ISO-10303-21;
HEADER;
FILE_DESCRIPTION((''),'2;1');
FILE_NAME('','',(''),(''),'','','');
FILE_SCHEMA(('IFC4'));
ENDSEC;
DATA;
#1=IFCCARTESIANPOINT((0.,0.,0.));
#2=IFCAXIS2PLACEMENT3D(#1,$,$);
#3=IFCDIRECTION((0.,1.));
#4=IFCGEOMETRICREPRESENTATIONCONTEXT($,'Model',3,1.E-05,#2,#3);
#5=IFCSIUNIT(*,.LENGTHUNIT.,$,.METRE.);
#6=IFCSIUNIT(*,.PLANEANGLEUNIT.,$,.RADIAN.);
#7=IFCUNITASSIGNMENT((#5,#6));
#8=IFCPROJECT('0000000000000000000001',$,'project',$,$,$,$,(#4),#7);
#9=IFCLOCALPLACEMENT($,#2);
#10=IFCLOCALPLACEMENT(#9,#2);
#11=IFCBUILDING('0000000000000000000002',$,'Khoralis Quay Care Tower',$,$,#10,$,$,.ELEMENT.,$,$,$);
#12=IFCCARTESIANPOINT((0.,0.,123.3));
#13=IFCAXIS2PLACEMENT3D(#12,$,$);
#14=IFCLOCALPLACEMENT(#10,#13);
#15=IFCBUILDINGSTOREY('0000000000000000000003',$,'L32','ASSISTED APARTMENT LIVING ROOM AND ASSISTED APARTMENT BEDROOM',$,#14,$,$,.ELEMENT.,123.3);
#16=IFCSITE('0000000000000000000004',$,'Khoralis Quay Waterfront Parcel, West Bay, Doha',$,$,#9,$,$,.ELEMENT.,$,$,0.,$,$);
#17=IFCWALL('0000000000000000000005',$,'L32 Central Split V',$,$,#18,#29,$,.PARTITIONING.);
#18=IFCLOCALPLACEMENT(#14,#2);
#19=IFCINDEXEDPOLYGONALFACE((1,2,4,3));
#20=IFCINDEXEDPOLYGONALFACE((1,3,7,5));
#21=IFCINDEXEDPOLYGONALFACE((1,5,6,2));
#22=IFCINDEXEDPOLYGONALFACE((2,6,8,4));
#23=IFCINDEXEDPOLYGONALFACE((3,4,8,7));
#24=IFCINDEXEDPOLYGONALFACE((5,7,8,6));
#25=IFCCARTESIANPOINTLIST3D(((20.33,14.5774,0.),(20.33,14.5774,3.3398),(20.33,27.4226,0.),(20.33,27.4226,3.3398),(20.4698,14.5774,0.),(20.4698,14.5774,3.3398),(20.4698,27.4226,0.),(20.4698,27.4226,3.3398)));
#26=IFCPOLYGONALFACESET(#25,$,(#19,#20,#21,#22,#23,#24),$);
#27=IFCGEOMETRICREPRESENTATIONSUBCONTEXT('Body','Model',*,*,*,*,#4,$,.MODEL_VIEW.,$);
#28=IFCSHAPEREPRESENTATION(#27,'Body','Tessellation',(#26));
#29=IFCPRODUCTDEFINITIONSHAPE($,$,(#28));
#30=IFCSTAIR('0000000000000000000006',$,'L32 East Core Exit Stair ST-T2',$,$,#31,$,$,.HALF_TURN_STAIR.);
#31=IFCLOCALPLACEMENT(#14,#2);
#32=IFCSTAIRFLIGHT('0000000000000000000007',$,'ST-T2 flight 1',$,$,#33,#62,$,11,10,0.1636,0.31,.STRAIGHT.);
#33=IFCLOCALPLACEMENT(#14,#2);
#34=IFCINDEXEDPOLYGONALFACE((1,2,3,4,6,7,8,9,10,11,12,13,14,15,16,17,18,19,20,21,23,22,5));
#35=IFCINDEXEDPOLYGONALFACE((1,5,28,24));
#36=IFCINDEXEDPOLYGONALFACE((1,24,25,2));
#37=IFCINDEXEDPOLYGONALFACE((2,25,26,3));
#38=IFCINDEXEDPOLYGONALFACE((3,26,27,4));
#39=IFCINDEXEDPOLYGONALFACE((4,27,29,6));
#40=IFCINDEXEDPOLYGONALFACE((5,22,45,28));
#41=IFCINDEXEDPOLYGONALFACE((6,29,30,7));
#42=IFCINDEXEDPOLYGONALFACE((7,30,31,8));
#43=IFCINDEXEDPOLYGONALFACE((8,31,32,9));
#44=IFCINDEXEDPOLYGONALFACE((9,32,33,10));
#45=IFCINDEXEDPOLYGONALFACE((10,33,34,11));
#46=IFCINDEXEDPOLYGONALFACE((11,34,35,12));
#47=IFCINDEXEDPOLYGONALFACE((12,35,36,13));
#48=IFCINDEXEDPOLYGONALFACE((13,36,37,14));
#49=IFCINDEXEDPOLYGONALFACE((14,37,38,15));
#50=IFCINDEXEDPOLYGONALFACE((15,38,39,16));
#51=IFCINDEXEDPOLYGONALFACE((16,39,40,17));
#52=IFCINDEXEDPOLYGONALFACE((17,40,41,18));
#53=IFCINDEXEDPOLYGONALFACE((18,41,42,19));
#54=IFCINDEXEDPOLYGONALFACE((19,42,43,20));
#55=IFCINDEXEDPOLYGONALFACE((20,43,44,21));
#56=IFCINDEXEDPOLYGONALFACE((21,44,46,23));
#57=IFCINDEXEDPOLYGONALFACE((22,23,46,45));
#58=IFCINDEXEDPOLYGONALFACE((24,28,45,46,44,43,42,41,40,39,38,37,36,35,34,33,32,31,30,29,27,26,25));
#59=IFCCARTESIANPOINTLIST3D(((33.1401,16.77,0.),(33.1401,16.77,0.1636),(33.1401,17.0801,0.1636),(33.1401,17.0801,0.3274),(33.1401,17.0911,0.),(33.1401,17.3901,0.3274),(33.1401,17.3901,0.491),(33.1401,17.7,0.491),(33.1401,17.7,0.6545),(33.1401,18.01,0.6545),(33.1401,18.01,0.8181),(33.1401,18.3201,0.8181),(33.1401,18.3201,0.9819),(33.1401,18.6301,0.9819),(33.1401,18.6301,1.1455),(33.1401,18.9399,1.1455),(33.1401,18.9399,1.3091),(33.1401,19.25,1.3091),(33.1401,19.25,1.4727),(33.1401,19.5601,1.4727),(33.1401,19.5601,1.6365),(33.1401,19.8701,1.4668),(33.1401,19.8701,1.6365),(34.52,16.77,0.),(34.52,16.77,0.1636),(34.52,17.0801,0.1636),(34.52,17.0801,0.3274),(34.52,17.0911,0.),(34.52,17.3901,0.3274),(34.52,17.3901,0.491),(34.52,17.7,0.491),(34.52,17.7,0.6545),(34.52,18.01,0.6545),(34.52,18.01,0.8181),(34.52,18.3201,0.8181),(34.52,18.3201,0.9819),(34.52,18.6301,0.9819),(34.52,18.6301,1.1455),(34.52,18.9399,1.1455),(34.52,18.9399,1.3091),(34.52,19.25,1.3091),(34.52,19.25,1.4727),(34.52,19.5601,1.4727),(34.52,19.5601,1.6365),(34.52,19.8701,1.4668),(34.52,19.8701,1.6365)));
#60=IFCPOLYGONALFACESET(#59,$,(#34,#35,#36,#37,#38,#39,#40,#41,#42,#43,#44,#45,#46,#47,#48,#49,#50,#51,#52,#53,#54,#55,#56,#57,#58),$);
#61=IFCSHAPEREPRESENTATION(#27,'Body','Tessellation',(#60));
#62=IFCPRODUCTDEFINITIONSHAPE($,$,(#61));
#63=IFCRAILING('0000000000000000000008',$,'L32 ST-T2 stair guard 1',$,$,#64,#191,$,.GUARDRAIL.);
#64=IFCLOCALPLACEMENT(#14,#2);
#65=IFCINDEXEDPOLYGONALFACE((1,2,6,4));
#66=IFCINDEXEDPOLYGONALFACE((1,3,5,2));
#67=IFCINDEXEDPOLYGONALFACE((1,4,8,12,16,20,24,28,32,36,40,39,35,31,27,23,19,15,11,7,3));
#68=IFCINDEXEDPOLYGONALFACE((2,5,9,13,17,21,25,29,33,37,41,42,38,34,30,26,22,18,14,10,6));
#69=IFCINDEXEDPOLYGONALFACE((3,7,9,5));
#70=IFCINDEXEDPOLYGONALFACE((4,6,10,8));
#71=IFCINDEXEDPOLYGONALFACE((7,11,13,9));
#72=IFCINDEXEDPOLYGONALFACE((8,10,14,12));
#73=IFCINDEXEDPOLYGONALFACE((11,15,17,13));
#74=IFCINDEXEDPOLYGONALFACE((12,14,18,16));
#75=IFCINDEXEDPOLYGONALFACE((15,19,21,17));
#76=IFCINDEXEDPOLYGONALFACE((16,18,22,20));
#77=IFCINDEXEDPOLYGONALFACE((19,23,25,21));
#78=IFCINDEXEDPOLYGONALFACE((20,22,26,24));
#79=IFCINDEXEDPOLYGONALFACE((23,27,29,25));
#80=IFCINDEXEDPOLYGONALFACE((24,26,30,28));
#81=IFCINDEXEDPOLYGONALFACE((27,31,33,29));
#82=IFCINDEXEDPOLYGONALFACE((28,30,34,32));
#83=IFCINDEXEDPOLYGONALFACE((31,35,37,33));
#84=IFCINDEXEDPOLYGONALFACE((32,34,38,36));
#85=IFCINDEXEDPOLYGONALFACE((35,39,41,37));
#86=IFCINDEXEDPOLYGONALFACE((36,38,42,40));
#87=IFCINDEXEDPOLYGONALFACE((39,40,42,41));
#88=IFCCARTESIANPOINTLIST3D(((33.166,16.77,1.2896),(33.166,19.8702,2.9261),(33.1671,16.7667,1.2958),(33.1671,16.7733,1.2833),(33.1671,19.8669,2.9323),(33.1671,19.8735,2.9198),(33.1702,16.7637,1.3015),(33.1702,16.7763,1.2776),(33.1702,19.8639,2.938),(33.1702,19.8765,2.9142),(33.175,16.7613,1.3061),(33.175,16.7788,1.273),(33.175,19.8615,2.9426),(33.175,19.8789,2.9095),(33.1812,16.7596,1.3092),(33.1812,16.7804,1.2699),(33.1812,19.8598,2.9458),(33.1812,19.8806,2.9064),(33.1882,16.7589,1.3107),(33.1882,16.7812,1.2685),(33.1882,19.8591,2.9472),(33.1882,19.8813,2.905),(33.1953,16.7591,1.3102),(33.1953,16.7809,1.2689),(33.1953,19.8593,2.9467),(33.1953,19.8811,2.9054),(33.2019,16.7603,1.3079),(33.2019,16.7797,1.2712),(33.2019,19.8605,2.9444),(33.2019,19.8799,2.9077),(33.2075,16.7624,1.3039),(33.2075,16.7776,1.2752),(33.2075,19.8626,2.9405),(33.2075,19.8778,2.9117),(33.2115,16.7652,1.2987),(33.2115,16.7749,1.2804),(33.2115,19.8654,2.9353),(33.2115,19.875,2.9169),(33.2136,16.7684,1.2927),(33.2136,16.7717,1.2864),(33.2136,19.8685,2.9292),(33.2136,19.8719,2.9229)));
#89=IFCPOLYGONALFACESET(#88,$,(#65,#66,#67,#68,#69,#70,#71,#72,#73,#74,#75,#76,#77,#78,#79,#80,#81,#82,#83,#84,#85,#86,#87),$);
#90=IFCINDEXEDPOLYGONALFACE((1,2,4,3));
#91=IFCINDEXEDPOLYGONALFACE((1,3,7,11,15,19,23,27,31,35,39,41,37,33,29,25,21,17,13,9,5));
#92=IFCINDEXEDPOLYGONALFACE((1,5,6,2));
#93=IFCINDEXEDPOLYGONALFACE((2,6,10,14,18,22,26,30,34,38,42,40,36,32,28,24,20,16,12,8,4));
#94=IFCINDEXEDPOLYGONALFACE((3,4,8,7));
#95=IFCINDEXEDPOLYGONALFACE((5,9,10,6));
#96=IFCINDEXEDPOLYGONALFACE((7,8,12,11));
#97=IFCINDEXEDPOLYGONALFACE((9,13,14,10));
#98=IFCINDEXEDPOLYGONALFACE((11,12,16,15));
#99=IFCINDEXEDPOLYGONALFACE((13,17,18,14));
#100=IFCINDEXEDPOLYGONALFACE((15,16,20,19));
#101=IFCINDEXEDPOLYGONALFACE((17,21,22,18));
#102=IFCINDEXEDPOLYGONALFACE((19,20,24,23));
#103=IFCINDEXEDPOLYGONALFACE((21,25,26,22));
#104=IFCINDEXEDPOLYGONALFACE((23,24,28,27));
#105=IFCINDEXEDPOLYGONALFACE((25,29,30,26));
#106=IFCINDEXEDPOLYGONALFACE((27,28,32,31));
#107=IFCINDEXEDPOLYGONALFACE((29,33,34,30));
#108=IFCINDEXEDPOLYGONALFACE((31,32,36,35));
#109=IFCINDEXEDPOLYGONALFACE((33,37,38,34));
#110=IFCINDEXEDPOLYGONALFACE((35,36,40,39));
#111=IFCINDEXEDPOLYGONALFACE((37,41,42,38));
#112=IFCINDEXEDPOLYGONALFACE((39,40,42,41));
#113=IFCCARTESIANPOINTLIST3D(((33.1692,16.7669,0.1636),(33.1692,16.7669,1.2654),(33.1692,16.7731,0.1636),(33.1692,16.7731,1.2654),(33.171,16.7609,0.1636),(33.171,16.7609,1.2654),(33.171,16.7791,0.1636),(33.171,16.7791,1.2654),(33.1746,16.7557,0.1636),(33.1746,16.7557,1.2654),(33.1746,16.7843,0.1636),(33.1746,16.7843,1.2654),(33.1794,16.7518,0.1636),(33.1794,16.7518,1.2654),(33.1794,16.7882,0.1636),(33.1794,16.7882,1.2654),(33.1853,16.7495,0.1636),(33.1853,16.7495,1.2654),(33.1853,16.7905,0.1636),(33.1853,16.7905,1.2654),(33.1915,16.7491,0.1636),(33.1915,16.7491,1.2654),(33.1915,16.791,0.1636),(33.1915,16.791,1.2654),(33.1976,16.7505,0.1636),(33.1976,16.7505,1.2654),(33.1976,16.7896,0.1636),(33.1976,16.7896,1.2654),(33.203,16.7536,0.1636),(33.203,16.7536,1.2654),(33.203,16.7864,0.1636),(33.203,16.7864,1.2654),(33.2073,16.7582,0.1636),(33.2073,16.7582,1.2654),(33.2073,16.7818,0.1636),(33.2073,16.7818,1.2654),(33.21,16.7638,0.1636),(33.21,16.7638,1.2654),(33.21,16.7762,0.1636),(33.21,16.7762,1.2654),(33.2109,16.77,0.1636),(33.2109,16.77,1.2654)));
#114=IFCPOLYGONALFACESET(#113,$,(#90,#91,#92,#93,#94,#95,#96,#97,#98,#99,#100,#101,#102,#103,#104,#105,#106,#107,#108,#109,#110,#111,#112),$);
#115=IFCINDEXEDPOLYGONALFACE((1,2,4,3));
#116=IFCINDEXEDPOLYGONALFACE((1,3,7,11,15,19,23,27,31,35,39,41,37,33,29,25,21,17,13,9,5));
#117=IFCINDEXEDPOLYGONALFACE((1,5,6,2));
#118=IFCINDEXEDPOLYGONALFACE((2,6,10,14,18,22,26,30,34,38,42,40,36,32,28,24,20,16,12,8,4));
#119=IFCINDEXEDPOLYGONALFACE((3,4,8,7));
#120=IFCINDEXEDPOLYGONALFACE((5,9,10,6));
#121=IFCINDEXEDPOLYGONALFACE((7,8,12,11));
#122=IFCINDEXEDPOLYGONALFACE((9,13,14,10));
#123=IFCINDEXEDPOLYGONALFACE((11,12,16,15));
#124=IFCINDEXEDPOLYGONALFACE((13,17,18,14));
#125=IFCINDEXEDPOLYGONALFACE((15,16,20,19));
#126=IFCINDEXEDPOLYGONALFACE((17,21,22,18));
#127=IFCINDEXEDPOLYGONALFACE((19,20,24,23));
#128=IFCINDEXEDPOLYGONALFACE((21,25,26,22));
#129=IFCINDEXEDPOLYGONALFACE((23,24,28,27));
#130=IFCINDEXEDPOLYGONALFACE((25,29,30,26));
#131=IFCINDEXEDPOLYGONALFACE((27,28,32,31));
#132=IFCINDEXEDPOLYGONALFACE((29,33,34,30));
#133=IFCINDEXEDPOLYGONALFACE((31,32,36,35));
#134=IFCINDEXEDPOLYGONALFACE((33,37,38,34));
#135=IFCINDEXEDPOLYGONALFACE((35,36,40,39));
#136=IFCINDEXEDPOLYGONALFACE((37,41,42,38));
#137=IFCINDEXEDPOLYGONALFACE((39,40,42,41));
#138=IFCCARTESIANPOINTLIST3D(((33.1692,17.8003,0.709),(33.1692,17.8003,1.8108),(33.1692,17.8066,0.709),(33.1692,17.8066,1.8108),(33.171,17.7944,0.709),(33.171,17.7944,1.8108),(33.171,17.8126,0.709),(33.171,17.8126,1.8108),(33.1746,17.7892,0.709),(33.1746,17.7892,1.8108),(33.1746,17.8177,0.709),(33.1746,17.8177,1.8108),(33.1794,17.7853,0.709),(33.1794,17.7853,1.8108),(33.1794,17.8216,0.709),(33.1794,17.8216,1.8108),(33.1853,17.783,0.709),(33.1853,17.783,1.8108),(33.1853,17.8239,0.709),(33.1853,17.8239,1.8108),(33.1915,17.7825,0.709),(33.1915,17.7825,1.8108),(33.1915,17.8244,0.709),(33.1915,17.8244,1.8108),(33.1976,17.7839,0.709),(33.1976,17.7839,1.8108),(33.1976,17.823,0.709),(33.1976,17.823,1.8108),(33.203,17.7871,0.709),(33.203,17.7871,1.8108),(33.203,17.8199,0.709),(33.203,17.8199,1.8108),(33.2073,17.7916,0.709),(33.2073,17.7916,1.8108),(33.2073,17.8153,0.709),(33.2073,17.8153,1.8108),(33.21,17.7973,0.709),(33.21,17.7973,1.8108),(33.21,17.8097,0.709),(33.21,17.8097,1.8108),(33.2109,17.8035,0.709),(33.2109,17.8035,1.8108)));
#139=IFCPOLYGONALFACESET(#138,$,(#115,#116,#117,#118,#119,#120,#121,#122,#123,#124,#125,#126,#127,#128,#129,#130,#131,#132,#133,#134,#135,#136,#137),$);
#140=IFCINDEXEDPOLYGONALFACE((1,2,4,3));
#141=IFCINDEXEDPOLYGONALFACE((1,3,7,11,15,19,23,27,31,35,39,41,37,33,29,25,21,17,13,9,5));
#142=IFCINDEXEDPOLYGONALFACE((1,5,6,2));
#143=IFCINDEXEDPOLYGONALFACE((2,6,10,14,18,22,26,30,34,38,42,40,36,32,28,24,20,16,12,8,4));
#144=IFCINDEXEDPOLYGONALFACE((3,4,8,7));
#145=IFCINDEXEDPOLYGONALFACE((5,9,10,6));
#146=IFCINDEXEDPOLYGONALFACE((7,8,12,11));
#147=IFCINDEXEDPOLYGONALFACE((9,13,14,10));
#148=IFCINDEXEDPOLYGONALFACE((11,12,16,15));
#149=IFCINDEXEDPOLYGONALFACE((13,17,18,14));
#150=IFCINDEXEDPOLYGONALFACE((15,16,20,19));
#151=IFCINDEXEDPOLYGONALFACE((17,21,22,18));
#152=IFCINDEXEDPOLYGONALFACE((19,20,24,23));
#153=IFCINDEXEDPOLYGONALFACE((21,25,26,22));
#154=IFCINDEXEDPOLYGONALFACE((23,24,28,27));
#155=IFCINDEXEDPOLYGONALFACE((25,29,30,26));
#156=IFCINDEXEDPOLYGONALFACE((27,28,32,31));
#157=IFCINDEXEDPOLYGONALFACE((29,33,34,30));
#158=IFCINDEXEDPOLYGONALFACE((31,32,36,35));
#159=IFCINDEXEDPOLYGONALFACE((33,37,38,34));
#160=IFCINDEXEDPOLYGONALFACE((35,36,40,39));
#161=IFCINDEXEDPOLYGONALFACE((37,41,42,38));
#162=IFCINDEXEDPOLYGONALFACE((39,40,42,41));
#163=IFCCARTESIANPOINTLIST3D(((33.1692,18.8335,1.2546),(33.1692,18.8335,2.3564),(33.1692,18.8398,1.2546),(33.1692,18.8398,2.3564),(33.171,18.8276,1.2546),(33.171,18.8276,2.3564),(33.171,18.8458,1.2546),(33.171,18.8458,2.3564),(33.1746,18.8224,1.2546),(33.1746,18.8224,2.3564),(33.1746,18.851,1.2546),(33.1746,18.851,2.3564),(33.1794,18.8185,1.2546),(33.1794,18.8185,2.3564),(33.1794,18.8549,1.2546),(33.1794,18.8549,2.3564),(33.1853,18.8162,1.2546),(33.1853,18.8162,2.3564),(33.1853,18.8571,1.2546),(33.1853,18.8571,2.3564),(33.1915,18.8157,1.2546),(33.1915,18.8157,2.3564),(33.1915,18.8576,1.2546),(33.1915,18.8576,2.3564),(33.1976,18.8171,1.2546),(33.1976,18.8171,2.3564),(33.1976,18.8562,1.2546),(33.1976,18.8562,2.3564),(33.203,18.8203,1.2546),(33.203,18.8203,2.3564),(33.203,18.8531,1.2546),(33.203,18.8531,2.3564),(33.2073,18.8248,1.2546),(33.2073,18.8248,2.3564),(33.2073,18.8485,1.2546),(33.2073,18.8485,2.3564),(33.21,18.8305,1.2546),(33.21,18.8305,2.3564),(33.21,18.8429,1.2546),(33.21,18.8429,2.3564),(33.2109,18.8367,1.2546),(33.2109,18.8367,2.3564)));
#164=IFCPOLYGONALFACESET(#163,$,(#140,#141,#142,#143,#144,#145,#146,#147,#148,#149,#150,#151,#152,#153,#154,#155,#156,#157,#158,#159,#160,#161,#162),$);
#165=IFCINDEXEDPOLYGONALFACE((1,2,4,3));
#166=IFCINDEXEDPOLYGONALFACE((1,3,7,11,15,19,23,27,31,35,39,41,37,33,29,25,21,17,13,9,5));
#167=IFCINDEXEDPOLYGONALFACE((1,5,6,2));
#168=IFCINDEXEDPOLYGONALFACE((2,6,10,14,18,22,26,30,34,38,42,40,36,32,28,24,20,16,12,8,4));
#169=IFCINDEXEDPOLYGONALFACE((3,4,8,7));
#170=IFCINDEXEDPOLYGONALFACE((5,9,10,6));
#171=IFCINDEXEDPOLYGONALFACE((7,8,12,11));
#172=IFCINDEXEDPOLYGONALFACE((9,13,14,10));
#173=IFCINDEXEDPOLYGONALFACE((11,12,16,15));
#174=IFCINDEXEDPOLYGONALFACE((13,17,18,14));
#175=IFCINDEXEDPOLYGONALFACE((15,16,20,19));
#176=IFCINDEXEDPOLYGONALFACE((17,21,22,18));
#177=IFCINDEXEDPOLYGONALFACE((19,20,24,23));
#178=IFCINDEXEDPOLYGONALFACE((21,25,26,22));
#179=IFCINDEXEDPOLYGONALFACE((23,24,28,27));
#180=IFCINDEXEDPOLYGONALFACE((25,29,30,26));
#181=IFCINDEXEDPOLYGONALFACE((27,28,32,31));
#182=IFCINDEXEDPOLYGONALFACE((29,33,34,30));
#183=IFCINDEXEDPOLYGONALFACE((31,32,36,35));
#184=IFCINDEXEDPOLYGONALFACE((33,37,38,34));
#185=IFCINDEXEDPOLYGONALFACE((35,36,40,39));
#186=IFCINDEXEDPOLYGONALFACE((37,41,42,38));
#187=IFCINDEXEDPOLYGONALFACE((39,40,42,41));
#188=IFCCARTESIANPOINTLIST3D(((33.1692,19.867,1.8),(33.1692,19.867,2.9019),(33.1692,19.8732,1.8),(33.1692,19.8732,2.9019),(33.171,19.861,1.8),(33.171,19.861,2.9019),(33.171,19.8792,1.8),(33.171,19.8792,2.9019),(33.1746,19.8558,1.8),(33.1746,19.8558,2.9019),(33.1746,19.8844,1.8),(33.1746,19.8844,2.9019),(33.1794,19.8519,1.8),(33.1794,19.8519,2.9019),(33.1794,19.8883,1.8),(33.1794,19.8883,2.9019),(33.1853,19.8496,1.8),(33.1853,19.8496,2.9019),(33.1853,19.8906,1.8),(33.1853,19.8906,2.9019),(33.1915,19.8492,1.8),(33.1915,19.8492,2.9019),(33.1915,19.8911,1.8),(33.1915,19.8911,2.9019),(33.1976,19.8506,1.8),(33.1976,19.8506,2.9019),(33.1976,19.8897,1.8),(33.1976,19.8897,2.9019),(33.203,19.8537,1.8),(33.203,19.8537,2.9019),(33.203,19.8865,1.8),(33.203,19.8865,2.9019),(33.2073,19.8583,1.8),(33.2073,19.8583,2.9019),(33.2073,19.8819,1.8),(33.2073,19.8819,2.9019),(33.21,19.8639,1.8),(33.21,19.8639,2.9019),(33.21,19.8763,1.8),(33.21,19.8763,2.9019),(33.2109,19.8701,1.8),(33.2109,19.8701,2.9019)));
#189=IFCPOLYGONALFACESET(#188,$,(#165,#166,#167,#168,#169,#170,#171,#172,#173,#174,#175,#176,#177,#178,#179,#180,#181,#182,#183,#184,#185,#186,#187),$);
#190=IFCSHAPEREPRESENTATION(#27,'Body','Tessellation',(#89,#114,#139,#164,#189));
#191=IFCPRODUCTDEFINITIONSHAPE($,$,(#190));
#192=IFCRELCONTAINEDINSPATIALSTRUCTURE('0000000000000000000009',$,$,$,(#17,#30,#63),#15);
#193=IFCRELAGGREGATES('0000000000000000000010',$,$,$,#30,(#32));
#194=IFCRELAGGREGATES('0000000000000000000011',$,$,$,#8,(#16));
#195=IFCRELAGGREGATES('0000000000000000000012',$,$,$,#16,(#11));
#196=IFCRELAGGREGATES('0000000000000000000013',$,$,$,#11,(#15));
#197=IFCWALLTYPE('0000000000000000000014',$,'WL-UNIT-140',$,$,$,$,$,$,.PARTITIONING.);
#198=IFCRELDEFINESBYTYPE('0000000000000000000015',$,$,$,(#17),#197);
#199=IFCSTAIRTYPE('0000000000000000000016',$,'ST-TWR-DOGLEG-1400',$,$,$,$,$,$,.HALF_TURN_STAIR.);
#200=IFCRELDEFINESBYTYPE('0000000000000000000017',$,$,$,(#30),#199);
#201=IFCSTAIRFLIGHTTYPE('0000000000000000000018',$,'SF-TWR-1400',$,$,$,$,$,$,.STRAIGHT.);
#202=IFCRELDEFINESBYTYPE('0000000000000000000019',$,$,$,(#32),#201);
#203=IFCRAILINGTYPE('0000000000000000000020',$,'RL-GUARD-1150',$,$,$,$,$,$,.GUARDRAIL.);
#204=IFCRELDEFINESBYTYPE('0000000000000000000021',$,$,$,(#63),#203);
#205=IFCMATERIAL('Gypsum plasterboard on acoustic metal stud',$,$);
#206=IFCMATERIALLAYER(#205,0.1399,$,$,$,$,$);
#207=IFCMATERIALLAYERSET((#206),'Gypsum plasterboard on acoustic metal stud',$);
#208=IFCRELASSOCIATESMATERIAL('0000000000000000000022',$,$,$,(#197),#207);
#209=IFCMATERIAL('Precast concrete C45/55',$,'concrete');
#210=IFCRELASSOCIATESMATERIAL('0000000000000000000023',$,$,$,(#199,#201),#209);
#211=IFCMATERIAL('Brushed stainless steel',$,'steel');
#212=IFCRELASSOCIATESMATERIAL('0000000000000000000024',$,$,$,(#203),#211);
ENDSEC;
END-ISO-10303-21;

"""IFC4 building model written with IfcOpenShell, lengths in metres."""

from ifc_helpers import new_model, si_unit, direction, frame, frame_2d, origin, origin_2d, place, context, subcontext, project, spatial, polyline, rectangle, circle, outline, extrude, source, transform, mapped, material, layer, layer_set, type_object, element, aggregate, save


model = new_model("IFC4")

# Units and contexts
model_context = context("Model", 3, precision=1e-05, world=origin(), true_north=direction((0.0, 1.0)))
body_context = subcontext(model_context, "Body", "Model", "MODEL_VIEW")
ifc_project = project(units=[si_unit("LENGTHUNIT", "METRE"), si_unit("PLANEANGLEUNIT", "RADIAN")], contexts=[model_context])

# Site, building, storey
site_placement = place(None, origin())
site = spatial("IfcSite", under=ifc_project, at=site_placement, Name="Khoralis Quay Waterfront Parcel, West Bay, Doha", CompositionType="ELEMENT", RefElevation=0.0)
building_placement = place(site_placement, origin())
building = spatial("IfcBuilding", under=site, at=building_placement, Name="Khoralis Quay Care Tower", CompositionType="ELEMENT")
storey_placement = place(building_placement, frame((0.0, 0.0, 123.3)))
storey = spatial("IfcBuildingStorey", under=building, at=storey_placement, Name="L32", Description="ASSISTED APARTMENT LIVING ROOM AND ASSISTED APARTMENT BEDROOM", CompositionType="ELEMENT", Elevation=123.3)

# Shared definitions
ifc_material_1 = material(Name="Gypsum plasterboard on acoustic metal stud")

# Shared definitions
ifc_material_2 = material(Name="Brushed stainless steel", Category="steel")

# Wall
ifc_layer_1 = layer(ifc_material_1, 0.1399)
ifc_layer_set_1 = layer_set([ifc_layer_1], Name="Gypsum plasterboard on acoustic metal stud")
wall_type_1 = type_object("IfcWallType", Name="WL-UNIT-140", PredefinedType="PARTITIONING", material=ifc_layer_set_1)
wall_1_placement = place(storey_placement, frame((20.3999, 14.5774, 0.0), z_axis=(0.0, 0.0, 1.0), x_axis=(0.0, 1.0, 0.0)))
element("IfcWall", 1, at=wall_1_placement, inside=storey, type_object=wall_type_1, Name="L32 Central Split V", PredefinedType="PARTITIONING", context=body_context, shape_type="SweptSolid", body=[
    extrude(rectangle(XDim=12.8452, YDim=0.1399, at=frame_2d((6.4226, 0.0))), origin(), (0.0, 0.0, 1.0), 3.3398),
])

# Stair, stair flight
ifc_material_3 = material(Name="Precast concrete C45/55", Category="concrete")
stair_type = type_object("IfcStairType", Name="ST-TWR-DOGLEG-1400", PredefinedType="HALF_TURN_STAIR", material=ifc_material_3)
stair_placement = place(storey_placement, origin())
stair = element("IfcStair", 2, at=stair_placement, inside=storey, type_object=stair_type, Name="L32 East Core Exit Stair ST-T2", PredefinedType="HALF_TURN_STAIR")
stair_flight_type = type_object("IfcStairFlightType", Name="SF-TWR-1400", PredefinedType="STRAIGHT", material=ifc_material_3)
shared_shape_1 = source(origin(), body_context, "Body", "SweptSolid", [
    extrude(outline(polyline([(0.0, 0.0), (0.0, 0.1636), (0.3101, 0.1636), (0.3101, 0.3274), (0.6201, 0.3274), (0.6201, 0.491), (0.9299, 0.491), (0.9299, 0.6545), (1.24, 0.6545), (1.24, 0.8181), (1.55, 0.8181), (1.55, 0.9819), (1.8601, 0.9819), (1.8601, 1.1455), (2.1699, 1.1455), (2.1699, 1.3091), (2.48, 1.3091), (2.48, 1.4727), (2.79, 1.4727), (2.79, 1.6365), (3.1001, 1.6365), (3.1001, 1.8), (3.1001, 1.4668), (0.321, 0.0), (0.0, 0.0)])), frame((0.0, 0.6899, 0.0), z_axis=(0.0, -1.0, 0.0), x_axis=(1.0, 0.0, 0.0)), (0.0, 0.0, 1.0), 1.3799),
])
stair_flight_placement = place(storey_placement, frame((33.8301, 16.77, 0.0), z_axis=(0.0, 0.0, 1.0), x_axis=(0.0, 1.0, 0.0)))
stair_flight = element("IfcStairFlight", 3, at=stair_flight_placement, type_object=stair_flight_type, Name="ST-T2 flight 1", NumberOfRisers=11, NumberOfTreads=10, PredefinedType="STRAIGHT", RiserHeight=0.1636, TreadLength=0.31, context=body_context, shape_type="MappedRepresentation", body=[
    mapped(shared_shape_1, transform((0.0, 0.0, 0.0), scale=1.0)),
])
aggregate(stair, [stair_flight])

# Railing
railing_type_1 = type_object("IfcRailingType", Name="RL-GUARD-1150", PredefinedType="GUARDRAIL", material=ifc_material_2)
railing_1_placement = place(storey_placement, frame((33.1899, 16.77, 0.1636)))
element("IfcRailing", 4, at=railing_1_placement, inside=storey, type_object=railing_type_1, Name="L32 ST-T2 stair guard 1", PredefinedType="GUARDRAIL", context=body_context, shape_type="SweptSolid", body=[
    extrude(circle(Radius=0.0239, at=origin_2d()), frame((0.0, 0.0, 1.126), z_axis=(0.0, 0.884348, 0.466828), x_axis=(-1.0, 0.0, 0.0)), (0.0, 0.0, 1.0), 3.5056),
    extrude(circle(Radius=0.021, at=origin_2d()), origin(), (0.0, 0.0, 1.0), 1.1018),
    extrude(circle(Radius=0.021, at=origin_2d()), frame((0.0, 1.0334, 0.5454)), (0.0, 0.0, 1.0), 1.1018),
    extrude(circle(Radius=0.021, at=origin_2d()), frame((0.0, 2.0667, 1.0911)), (0.0, 0.0, 1.0), 1.1018),
    extrude(circle(Radius=0.021, at=origin_2d()), frame((0.0, 3.1001, 1.6365)), (0.0, 0.0, 1.0), 1.1018),
])

save(model, "model.ifc")
